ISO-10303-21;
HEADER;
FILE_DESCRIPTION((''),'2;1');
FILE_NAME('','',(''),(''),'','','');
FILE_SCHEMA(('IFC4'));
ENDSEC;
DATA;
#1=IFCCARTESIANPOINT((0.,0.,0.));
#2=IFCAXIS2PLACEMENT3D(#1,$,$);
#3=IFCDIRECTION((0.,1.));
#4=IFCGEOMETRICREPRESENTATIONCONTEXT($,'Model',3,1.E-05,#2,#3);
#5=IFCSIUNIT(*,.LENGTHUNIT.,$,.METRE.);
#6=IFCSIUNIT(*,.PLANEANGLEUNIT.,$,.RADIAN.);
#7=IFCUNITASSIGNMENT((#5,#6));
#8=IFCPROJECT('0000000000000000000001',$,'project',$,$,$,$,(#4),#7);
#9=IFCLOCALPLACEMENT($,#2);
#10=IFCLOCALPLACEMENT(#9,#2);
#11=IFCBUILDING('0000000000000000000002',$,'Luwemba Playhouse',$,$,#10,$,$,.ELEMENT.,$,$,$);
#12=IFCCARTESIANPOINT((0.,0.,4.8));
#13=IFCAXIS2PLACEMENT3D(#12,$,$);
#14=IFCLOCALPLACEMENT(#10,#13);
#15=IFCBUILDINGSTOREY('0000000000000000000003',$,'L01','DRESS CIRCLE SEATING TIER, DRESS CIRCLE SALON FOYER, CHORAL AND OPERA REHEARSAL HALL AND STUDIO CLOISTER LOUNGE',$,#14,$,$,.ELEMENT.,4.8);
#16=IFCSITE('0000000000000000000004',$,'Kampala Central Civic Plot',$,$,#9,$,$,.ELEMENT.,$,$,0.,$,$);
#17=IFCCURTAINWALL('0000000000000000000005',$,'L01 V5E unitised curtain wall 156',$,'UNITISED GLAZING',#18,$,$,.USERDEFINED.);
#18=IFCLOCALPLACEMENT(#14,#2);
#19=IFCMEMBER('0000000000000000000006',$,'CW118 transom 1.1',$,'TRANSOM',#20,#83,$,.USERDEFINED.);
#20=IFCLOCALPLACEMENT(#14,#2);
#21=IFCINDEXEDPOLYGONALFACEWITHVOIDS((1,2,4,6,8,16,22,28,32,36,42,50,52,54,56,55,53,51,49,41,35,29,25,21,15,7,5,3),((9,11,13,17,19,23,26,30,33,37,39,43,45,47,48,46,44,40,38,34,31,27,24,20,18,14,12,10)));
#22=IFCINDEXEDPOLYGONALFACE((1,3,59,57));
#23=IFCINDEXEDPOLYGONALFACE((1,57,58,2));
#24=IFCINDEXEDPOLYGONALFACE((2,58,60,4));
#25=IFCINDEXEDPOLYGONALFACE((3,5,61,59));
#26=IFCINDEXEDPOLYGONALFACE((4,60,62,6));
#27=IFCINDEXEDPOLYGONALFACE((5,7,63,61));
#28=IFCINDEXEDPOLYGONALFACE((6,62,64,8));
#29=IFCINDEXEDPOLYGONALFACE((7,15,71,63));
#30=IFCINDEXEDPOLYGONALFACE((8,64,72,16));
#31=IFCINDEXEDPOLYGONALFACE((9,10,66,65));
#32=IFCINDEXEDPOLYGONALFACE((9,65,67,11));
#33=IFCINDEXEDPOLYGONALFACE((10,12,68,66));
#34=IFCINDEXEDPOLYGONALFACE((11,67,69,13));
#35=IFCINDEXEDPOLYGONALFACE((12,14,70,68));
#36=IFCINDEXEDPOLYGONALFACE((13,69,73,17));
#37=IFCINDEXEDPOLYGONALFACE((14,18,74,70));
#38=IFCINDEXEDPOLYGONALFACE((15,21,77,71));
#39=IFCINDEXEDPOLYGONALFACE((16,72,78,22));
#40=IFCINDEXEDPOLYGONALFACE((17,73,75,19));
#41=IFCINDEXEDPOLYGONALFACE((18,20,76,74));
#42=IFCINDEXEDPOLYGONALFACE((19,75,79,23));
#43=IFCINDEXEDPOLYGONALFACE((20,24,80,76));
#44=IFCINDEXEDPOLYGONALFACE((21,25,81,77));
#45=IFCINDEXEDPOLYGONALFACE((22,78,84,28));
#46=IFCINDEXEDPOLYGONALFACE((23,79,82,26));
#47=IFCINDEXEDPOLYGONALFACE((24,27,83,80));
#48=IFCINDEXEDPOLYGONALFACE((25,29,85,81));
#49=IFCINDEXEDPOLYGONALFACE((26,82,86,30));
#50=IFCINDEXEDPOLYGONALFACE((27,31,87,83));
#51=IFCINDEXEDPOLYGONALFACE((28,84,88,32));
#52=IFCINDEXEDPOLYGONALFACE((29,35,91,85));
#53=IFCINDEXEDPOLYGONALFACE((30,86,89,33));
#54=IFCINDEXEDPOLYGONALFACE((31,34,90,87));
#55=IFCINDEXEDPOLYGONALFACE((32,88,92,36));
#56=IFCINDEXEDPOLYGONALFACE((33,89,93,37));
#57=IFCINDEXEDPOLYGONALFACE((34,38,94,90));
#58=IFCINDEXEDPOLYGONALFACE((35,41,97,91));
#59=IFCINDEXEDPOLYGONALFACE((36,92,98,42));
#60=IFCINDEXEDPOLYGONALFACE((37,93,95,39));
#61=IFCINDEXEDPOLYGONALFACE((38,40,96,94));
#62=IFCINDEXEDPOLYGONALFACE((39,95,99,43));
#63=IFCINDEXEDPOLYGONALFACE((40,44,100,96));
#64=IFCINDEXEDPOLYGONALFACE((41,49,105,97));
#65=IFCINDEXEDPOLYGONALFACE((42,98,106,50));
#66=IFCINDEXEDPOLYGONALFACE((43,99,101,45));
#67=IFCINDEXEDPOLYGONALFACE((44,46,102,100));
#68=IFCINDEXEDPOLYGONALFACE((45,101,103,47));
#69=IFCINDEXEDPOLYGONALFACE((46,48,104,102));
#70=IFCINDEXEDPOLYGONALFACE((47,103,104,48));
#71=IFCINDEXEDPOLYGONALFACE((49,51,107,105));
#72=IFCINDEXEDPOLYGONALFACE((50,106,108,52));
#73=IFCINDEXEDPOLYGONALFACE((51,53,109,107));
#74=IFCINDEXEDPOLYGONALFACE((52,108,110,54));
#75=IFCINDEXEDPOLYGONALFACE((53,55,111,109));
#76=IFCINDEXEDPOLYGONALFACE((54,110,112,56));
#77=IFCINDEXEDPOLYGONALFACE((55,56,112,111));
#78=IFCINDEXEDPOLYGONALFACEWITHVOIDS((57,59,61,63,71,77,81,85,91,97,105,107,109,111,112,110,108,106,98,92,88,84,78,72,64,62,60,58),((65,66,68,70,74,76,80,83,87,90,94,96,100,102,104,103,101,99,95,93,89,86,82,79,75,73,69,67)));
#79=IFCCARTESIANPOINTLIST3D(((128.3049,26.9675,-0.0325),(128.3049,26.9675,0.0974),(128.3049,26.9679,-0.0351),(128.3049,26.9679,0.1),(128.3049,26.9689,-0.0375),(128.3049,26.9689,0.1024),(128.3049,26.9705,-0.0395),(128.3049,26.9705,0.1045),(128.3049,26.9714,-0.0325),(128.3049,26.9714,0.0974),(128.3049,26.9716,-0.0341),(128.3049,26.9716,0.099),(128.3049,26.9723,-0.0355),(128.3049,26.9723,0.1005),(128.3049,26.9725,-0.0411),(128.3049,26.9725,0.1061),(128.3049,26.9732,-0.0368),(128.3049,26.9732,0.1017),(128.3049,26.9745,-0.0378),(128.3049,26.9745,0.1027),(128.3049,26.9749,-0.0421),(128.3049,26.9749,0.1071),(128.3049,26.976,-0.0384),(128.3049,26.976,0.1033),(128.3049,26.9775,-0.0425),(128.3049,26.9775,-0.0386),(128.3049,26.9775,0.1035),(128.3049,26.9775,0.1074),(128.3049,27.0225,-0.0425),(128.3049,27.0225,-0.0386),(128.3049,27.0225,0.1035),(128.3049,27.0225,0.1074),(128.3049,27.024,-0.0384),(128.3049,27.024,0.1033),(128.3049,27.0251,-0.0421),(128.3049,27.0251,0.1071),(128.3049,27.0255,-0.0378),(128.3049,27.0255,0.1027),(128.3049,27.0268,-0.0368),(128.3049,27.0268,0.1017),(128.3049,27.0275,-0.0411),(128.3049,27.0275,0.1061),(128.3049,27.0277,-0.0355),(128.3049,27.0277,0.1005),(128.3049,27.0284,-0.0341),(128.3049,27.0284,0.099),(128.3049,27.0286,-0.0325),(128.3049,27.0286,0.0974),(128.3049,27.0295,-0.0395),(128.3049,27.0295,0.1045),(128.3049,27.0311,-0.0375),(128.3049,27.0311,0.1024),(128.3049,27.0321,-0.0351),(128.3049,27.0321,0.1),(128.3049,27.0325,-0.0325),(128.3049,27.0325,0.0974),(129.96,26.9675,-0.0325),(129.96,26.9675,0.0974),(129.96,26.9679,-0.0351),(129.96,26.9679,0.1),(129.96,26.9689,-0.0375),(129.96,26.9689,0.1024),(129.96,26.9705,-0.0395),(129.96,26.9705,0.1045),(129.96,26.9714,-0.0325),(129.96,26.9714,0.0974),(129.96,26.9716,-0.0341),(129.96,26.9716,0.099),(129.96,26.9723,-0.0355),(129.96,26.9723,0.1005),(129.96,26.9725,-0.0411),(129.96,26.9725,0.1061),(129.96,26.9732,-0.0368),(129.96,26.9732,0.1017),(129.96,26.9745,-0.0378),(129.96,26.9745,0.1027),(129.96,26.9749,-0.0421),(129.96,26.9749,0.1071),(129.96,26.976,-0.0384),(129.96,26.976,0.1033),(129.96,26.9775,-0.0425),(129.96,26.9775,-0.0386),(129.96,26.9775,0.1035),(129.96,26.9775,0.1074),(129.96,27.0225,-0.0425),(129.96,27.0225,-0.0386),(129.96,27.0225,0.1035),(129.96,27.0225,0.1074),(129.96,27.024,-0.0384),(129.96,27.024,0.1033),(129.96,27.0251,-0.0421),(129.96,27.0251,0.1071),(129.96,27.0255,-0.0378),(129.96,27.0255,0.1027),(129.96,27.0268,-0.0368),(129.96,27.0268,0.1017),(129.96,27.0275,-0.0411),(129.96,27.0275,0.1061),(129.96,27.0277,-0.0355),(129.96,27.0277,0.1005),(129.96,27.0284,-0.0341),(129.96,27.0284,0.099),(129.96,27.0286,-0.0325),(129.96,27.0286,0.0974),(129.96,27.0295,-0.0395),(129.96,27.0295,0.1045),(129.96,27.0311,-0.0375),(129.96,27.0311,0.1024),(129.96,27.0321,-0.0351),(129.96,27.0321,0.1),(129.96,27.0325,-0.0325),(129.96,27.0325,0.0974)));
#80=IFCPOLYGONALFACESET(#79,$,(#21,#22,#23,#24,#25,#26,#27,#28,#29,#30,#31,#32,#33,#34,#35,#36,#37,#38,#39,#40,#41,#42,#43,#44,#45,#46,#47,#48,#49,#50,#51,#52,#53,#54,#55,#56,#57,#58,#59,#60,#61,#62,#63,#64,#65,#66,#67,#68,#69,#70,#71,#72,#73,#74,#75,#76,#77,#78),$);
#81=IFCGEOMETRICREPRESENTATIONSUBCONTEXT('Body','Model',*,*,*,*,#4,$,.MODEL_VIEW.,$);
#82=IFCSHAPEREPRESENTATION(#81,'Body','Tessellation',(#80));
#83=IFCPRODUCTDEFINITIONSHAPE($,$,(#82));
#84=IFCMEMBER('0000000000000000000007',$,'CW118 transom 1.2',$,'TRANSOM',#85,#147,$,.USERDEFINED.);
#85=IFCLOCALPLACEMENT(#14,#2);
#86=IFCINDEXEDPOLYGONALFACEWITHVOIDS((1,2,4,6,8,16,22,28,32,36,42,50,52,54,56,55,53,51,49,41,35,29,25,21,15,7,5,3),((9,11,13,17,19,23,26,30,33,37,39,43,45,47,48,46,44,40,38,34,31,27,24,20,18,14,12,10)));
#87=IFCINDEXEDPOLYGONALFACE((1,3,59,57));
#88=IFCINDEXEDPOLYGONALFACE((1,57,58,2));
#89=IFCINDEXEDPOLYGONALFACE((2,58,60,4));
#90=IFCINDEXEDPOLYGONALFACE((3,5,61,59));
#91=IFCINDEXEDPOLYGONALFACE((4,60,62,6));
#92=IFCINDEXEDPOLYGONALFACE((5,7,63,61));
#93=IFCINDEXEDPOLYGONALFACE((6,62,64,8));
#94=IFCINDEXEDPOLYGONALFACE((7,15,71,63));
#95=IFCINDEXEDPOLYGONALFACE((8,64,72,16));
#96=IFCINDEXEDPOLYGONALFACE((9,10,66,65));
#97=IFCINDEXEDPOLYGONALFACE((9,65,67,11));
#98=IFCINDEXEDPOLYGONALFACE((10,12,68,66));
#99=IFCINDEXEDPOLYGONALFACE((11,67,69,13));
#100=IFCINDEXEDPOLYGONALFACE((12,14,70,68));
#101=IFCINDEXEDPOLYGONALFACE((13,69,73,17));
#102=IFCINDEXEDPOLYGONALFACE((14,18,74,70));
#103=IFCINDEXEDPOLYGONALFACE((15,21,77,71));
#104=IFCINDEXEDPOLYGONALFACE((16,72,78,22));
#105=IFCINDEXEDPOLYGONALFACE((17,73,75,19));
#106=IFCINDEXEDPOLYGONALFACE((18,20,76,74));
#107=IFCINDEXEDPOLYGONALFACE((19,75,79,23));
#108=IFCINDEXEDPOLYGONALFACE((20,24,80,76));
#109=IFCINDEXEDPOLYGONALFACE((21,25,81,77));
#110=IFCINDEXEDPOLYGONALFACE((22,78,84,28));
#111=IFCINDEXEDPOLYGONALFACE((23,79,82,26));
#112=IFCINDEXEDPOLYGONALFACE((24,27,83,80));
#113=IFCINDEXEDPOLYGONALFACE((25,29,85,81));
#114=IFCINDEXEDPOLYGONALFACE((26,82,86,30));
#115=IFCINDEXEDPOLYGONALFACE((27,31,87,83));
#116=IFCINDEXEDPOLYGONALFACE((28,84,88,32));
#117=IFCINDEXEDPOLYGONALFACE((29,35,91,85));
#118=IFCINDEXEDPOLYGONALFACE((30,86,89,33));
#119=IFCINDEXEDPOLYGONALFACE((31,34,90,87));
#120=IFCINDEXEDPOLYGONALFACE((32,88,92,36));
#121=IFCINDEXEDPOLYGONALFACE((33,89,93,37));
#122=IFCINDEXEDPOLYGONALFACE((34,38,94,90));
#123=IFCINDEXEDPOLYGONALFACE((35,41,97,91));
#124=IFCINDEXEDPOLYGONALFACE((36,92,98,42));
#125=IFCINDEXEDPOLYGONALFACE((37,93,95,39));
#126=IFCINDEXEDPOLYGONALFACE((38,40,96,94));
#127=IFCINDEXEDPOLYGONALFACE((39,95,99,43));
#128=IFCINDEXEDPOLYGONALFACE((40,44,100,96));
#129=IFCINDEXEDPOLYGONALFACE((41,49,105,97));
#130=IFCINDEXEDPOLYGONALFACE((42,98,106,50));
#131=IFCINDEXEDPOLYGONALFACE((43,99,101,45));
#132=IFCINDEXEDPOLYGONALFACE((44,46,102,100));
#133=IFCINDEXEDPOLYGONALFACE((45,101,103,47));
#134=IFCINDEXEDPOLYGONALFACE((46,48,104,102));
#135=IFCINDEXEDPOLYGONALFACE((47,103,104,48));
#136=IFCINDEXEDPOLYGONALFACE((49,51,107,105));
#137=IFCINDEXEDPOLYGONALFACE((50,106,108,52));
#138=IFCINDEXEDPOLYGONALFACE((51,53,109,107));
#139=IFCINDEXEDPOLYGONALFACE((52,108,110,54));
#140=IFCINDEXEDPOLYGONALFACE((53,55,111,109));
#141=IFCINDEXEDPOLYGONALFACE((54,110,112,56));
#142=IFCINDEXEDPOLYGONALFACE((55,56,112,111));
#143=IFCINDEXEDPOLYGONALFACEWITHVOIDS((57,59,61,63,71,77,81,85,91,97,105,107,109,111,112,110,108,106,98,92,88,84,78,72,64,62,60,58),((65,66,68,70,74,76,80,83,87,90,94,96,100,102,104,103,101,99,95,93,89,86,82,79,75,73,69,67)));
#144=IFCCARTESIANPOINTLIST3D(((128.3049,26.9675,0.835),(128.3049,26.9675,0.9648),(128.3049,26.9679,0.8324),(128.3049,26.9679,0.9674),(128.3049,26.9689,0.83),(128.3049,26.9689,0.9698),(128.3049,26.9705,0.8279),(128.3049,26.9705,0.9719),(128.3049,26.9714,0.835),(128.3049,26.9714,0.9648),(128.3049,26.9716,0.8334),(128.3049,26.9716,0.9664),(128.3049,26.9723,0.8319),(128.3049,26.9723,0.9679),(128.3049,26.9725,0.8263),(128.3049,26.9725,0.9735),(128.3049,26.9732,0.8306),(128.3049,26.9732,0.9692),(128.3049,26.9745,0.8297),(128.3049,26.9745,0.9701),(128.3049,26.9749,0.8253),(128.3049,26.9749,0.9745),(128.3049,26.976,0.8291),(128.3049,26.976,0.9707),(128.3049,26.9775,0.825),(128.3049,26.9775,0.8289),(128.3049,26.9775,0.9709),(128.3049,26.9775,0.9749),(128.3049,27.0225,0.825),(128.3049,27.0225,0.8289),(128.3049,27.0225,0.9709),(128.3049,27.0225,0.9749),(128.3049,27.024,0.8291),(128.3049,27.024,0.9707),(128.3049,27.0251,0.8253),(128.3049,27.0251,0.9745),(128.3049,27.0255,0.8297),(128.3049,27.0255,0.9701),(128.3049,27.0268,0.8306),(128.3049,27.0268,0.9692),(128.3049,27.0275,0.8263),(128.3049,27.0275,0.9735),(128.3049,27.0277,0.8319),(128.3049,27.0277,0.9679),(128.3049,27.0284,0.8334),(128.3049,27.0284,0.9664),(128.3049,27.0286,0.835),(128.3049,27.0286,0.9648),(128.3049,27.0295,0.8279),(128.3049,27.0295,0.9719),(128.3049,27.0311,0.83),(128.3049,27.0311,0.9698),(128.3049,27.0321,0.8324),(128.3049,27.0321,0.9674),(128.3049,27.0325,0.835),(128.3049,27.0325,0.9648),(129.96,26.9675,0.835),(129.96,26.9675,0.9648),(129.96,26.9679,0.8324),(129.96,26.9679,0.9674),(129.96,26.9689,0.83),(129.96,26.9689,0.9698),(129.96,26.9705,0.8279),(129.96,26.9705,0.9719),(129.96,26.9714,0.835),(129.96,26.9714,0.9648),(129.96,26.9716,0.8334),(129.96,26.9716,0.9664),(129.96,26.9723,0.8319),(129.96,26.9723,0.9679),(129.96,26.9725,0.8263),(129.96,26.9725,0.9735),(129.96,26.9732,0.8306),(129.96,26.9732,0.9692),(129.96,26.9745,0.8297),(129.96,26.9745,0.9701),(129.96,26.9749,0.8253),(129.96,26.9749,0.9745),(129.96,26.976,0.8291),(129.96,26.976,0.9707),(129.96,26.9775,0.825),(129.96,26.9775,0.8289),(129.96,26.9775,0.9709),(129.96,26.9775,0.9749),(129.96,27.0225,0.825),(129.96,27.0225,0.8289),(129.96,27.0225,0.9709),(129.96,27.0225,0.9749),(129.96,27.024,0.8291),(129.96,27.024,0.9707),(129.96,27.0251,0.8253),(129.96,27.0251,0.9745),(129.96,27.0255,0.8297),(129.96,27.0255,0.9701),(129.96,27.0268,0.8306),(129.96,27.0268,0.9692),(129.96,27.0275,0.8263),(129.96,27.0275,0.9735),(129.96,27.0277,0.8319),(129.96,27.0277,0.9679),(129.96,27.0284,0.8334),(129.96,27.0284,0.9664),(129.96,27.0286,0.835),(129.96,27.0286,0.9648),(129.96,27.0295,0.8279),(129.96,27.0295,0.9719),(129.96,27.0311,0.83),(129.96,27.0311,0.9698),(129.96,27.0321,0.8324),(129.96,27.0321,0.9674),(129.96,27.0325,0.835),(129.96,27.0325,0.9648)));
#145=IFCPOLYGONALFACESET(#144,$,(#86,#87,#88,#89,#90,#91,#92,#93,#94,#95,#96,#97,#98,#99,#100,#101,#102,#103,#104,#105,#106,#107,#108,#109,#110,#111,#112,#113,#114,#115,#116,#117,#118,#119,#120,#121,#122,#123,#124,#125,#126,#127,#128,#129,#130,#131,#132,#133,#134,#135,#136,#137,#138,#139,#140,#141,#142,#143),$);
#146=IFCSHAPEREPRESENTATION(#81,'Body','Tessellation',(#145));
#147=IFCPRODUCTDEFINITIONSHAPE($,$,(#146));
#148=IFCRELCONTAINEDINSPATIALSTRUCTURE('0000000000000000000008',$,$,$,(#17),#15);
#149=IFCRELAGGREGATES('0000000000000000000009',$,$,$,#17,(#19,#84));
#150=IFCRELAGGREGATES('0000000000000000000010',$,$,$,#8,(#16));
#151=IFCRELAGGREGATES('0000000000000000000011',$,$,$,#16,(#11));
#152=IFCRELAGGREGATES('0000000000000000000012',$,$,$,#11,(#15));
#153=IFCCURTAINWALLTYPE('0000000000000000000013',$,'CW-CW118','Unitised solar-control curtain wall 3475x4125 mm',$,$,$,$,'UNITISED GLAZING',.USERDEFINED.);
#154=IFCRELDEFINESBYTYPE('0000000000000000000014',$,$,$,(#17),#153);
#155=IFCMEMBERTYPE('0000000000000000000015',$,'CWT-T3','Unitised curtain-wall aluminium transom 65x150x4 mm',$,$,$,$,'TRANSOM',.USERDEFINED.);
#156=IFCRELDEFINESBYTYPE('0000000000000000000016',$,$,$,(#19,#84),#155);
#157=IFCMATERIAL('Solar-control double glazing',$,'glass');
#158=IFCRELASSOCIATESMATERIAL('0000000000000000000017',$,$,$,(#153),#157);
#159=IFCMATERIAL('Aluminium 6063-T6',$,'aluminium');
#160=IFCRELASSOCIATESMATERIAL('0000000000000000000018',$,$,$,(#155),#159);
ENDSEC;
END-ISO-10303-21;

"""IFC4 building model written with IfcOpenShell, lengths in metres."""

from ifc_helpers import new_model, si_unit, direction, frame, origin, origin_2d, place, context, subcontext, project, spatial, hollow_rectangle, extrude, material, material_profile, profile_set, type_object, element, aggregate, save


model = new_model("IFC4")

# Units and contexts
model_context = context("Model", 3, precision=1e-05, world=origin(), true_north=direction((0.0, 1.0)))
body_context = subcontext(model_context, "Body", "Model", "MODEL_VIEW")
ifc_project = project(units=[si_unit("LENGTHUNIT", "METRE"), si_unit("PLANEANGLEUNIT", "RADIAN")], contexts=[model_context])

# Site, building, storey
site_placement = place(None, origin())
site = spatial("IfcSite", under=ifc_project, at=site_placement, Name="Kampala Central Civic Plot", CompositionType="ELEMENT", RefElevation=0.0)
building_placement = place(site_placement, origin())
building = spatial("IfcBuilding", under=site, at=building_placement, Name="Luwemba Playhouse", CompositionType="ELEMENT")
storey_placement = place(building_placement, frame((0.0, 0.0, 4.8)))
storey = spatial("IfcBuildingStorey", under=building, at=storey_placement, Name="L01", Description="DRESS CIRCLE SEATING TIER, DRESS CIRCLE SALON FOYER, CHORAL AND OPERA REHEARSAL HALL AND STUDIO CLOISTER LOUNGE", CompositionType="ELEMENT", Elevation=4.8)

# Shared definitions
ifc_material_1 = material(Name="Solar-control double glazing", Category="glass")
ifc_material_2 = material(Name="Aluminium 6063-T6", Category="aluminium")

# Curtain wall
curtain_wall_type_1 = type_object("IfcCurtainWallType", Name="CW-CW118", Description="Unitised solar-control curtain wall 3475x4125 mm", ElementType="UNITISED GLAZING", PredefinedType="USERDEFINED", material=ifc_material_1)
curtain_wall_1_placement = place(storey_placement, origin())
curtain_wall_1 = element("IfcCurtainWall", 1, at=curtain_wall_1_placement, inside=storey, type_object=curtain_wall_type_1, Name="L01 V5E unitised curtain wall 156", ObjectType="UNITISED GLAZING", PredefinedType="USERDEFINED")

# Members
ifc_material_profile_1 = material_profile(ifc_material_2, hollow_rectangle(XDim=0.0649, YDim=0.1499, WallThickness=0.0039, InnerFilletRadius=0.0061, OuterFilletRadius=0.01, at=origin_2d()))
ifc_profile_set_1 = profile_set([ifc_material_profile_1], Name="Aluminium 6063-T6")
member_type_1 = type_object("IfcMemberType", Name="CWT-T3", Description="Unitised curtain-wall aluminium transom 65x150x4 mm", ElementType="TRANSOM", PredefinedType="USERDEFINED", material=ifc_profile_set_1)
member_1_placement = place(storey_placement, frame((128.3049, 27.0, 0.0325), z_axis=(1.0, 0.0, 0.0), x_axis=(0.0, 1.0, 0.0)))
member_1 = element("IfcMember", 2, at=member_1_placement, type_object=member_type_1, Name="CW118 transom 1.1", ObjectType="TRANSOM", PredefinedType="USERDEFINED", context=body_context, shape_type="SweptSolid", body=[
    extrude(hollow_rectangle(XDim=0.0649, YDim=0.1499, WallThickness=0.0039, InnerFilletRadius=0.0061, OuterFilletRadius=0.01, at=origin_2d()), origin(), (0.0, 0.0, 1.0), 1.655),
])
member_2_placement = place(storey_placement, frame((128.3049, 27.0, 0.8999), z_axis=(1.0, 0.0, 0.0), x_axis=(0.0, 1.0, 0.0)))
member_2 = element("IfcMember", 3, at=member_2_placement, type_object=member_type_1, Name="CW118 transom 1.2", ObjectType="TRANSOM", PredefinedType="USERDEFINED", context=body_context, shape_type="SweptSolid", body=[
    extrude(hollow_rectangle(XDim=0.0649, YDim=0.1499, WallThickness=0.0039, InnerFilletRadius=0.0061, OuterFilletRadius=0.01, at=origin_2d()), origin(), (0.0, 0.0, 1.0), 1.655),
])
aggregate(curtain_wall_1, [member_1, member_2])

save(model, "model.ifc")
